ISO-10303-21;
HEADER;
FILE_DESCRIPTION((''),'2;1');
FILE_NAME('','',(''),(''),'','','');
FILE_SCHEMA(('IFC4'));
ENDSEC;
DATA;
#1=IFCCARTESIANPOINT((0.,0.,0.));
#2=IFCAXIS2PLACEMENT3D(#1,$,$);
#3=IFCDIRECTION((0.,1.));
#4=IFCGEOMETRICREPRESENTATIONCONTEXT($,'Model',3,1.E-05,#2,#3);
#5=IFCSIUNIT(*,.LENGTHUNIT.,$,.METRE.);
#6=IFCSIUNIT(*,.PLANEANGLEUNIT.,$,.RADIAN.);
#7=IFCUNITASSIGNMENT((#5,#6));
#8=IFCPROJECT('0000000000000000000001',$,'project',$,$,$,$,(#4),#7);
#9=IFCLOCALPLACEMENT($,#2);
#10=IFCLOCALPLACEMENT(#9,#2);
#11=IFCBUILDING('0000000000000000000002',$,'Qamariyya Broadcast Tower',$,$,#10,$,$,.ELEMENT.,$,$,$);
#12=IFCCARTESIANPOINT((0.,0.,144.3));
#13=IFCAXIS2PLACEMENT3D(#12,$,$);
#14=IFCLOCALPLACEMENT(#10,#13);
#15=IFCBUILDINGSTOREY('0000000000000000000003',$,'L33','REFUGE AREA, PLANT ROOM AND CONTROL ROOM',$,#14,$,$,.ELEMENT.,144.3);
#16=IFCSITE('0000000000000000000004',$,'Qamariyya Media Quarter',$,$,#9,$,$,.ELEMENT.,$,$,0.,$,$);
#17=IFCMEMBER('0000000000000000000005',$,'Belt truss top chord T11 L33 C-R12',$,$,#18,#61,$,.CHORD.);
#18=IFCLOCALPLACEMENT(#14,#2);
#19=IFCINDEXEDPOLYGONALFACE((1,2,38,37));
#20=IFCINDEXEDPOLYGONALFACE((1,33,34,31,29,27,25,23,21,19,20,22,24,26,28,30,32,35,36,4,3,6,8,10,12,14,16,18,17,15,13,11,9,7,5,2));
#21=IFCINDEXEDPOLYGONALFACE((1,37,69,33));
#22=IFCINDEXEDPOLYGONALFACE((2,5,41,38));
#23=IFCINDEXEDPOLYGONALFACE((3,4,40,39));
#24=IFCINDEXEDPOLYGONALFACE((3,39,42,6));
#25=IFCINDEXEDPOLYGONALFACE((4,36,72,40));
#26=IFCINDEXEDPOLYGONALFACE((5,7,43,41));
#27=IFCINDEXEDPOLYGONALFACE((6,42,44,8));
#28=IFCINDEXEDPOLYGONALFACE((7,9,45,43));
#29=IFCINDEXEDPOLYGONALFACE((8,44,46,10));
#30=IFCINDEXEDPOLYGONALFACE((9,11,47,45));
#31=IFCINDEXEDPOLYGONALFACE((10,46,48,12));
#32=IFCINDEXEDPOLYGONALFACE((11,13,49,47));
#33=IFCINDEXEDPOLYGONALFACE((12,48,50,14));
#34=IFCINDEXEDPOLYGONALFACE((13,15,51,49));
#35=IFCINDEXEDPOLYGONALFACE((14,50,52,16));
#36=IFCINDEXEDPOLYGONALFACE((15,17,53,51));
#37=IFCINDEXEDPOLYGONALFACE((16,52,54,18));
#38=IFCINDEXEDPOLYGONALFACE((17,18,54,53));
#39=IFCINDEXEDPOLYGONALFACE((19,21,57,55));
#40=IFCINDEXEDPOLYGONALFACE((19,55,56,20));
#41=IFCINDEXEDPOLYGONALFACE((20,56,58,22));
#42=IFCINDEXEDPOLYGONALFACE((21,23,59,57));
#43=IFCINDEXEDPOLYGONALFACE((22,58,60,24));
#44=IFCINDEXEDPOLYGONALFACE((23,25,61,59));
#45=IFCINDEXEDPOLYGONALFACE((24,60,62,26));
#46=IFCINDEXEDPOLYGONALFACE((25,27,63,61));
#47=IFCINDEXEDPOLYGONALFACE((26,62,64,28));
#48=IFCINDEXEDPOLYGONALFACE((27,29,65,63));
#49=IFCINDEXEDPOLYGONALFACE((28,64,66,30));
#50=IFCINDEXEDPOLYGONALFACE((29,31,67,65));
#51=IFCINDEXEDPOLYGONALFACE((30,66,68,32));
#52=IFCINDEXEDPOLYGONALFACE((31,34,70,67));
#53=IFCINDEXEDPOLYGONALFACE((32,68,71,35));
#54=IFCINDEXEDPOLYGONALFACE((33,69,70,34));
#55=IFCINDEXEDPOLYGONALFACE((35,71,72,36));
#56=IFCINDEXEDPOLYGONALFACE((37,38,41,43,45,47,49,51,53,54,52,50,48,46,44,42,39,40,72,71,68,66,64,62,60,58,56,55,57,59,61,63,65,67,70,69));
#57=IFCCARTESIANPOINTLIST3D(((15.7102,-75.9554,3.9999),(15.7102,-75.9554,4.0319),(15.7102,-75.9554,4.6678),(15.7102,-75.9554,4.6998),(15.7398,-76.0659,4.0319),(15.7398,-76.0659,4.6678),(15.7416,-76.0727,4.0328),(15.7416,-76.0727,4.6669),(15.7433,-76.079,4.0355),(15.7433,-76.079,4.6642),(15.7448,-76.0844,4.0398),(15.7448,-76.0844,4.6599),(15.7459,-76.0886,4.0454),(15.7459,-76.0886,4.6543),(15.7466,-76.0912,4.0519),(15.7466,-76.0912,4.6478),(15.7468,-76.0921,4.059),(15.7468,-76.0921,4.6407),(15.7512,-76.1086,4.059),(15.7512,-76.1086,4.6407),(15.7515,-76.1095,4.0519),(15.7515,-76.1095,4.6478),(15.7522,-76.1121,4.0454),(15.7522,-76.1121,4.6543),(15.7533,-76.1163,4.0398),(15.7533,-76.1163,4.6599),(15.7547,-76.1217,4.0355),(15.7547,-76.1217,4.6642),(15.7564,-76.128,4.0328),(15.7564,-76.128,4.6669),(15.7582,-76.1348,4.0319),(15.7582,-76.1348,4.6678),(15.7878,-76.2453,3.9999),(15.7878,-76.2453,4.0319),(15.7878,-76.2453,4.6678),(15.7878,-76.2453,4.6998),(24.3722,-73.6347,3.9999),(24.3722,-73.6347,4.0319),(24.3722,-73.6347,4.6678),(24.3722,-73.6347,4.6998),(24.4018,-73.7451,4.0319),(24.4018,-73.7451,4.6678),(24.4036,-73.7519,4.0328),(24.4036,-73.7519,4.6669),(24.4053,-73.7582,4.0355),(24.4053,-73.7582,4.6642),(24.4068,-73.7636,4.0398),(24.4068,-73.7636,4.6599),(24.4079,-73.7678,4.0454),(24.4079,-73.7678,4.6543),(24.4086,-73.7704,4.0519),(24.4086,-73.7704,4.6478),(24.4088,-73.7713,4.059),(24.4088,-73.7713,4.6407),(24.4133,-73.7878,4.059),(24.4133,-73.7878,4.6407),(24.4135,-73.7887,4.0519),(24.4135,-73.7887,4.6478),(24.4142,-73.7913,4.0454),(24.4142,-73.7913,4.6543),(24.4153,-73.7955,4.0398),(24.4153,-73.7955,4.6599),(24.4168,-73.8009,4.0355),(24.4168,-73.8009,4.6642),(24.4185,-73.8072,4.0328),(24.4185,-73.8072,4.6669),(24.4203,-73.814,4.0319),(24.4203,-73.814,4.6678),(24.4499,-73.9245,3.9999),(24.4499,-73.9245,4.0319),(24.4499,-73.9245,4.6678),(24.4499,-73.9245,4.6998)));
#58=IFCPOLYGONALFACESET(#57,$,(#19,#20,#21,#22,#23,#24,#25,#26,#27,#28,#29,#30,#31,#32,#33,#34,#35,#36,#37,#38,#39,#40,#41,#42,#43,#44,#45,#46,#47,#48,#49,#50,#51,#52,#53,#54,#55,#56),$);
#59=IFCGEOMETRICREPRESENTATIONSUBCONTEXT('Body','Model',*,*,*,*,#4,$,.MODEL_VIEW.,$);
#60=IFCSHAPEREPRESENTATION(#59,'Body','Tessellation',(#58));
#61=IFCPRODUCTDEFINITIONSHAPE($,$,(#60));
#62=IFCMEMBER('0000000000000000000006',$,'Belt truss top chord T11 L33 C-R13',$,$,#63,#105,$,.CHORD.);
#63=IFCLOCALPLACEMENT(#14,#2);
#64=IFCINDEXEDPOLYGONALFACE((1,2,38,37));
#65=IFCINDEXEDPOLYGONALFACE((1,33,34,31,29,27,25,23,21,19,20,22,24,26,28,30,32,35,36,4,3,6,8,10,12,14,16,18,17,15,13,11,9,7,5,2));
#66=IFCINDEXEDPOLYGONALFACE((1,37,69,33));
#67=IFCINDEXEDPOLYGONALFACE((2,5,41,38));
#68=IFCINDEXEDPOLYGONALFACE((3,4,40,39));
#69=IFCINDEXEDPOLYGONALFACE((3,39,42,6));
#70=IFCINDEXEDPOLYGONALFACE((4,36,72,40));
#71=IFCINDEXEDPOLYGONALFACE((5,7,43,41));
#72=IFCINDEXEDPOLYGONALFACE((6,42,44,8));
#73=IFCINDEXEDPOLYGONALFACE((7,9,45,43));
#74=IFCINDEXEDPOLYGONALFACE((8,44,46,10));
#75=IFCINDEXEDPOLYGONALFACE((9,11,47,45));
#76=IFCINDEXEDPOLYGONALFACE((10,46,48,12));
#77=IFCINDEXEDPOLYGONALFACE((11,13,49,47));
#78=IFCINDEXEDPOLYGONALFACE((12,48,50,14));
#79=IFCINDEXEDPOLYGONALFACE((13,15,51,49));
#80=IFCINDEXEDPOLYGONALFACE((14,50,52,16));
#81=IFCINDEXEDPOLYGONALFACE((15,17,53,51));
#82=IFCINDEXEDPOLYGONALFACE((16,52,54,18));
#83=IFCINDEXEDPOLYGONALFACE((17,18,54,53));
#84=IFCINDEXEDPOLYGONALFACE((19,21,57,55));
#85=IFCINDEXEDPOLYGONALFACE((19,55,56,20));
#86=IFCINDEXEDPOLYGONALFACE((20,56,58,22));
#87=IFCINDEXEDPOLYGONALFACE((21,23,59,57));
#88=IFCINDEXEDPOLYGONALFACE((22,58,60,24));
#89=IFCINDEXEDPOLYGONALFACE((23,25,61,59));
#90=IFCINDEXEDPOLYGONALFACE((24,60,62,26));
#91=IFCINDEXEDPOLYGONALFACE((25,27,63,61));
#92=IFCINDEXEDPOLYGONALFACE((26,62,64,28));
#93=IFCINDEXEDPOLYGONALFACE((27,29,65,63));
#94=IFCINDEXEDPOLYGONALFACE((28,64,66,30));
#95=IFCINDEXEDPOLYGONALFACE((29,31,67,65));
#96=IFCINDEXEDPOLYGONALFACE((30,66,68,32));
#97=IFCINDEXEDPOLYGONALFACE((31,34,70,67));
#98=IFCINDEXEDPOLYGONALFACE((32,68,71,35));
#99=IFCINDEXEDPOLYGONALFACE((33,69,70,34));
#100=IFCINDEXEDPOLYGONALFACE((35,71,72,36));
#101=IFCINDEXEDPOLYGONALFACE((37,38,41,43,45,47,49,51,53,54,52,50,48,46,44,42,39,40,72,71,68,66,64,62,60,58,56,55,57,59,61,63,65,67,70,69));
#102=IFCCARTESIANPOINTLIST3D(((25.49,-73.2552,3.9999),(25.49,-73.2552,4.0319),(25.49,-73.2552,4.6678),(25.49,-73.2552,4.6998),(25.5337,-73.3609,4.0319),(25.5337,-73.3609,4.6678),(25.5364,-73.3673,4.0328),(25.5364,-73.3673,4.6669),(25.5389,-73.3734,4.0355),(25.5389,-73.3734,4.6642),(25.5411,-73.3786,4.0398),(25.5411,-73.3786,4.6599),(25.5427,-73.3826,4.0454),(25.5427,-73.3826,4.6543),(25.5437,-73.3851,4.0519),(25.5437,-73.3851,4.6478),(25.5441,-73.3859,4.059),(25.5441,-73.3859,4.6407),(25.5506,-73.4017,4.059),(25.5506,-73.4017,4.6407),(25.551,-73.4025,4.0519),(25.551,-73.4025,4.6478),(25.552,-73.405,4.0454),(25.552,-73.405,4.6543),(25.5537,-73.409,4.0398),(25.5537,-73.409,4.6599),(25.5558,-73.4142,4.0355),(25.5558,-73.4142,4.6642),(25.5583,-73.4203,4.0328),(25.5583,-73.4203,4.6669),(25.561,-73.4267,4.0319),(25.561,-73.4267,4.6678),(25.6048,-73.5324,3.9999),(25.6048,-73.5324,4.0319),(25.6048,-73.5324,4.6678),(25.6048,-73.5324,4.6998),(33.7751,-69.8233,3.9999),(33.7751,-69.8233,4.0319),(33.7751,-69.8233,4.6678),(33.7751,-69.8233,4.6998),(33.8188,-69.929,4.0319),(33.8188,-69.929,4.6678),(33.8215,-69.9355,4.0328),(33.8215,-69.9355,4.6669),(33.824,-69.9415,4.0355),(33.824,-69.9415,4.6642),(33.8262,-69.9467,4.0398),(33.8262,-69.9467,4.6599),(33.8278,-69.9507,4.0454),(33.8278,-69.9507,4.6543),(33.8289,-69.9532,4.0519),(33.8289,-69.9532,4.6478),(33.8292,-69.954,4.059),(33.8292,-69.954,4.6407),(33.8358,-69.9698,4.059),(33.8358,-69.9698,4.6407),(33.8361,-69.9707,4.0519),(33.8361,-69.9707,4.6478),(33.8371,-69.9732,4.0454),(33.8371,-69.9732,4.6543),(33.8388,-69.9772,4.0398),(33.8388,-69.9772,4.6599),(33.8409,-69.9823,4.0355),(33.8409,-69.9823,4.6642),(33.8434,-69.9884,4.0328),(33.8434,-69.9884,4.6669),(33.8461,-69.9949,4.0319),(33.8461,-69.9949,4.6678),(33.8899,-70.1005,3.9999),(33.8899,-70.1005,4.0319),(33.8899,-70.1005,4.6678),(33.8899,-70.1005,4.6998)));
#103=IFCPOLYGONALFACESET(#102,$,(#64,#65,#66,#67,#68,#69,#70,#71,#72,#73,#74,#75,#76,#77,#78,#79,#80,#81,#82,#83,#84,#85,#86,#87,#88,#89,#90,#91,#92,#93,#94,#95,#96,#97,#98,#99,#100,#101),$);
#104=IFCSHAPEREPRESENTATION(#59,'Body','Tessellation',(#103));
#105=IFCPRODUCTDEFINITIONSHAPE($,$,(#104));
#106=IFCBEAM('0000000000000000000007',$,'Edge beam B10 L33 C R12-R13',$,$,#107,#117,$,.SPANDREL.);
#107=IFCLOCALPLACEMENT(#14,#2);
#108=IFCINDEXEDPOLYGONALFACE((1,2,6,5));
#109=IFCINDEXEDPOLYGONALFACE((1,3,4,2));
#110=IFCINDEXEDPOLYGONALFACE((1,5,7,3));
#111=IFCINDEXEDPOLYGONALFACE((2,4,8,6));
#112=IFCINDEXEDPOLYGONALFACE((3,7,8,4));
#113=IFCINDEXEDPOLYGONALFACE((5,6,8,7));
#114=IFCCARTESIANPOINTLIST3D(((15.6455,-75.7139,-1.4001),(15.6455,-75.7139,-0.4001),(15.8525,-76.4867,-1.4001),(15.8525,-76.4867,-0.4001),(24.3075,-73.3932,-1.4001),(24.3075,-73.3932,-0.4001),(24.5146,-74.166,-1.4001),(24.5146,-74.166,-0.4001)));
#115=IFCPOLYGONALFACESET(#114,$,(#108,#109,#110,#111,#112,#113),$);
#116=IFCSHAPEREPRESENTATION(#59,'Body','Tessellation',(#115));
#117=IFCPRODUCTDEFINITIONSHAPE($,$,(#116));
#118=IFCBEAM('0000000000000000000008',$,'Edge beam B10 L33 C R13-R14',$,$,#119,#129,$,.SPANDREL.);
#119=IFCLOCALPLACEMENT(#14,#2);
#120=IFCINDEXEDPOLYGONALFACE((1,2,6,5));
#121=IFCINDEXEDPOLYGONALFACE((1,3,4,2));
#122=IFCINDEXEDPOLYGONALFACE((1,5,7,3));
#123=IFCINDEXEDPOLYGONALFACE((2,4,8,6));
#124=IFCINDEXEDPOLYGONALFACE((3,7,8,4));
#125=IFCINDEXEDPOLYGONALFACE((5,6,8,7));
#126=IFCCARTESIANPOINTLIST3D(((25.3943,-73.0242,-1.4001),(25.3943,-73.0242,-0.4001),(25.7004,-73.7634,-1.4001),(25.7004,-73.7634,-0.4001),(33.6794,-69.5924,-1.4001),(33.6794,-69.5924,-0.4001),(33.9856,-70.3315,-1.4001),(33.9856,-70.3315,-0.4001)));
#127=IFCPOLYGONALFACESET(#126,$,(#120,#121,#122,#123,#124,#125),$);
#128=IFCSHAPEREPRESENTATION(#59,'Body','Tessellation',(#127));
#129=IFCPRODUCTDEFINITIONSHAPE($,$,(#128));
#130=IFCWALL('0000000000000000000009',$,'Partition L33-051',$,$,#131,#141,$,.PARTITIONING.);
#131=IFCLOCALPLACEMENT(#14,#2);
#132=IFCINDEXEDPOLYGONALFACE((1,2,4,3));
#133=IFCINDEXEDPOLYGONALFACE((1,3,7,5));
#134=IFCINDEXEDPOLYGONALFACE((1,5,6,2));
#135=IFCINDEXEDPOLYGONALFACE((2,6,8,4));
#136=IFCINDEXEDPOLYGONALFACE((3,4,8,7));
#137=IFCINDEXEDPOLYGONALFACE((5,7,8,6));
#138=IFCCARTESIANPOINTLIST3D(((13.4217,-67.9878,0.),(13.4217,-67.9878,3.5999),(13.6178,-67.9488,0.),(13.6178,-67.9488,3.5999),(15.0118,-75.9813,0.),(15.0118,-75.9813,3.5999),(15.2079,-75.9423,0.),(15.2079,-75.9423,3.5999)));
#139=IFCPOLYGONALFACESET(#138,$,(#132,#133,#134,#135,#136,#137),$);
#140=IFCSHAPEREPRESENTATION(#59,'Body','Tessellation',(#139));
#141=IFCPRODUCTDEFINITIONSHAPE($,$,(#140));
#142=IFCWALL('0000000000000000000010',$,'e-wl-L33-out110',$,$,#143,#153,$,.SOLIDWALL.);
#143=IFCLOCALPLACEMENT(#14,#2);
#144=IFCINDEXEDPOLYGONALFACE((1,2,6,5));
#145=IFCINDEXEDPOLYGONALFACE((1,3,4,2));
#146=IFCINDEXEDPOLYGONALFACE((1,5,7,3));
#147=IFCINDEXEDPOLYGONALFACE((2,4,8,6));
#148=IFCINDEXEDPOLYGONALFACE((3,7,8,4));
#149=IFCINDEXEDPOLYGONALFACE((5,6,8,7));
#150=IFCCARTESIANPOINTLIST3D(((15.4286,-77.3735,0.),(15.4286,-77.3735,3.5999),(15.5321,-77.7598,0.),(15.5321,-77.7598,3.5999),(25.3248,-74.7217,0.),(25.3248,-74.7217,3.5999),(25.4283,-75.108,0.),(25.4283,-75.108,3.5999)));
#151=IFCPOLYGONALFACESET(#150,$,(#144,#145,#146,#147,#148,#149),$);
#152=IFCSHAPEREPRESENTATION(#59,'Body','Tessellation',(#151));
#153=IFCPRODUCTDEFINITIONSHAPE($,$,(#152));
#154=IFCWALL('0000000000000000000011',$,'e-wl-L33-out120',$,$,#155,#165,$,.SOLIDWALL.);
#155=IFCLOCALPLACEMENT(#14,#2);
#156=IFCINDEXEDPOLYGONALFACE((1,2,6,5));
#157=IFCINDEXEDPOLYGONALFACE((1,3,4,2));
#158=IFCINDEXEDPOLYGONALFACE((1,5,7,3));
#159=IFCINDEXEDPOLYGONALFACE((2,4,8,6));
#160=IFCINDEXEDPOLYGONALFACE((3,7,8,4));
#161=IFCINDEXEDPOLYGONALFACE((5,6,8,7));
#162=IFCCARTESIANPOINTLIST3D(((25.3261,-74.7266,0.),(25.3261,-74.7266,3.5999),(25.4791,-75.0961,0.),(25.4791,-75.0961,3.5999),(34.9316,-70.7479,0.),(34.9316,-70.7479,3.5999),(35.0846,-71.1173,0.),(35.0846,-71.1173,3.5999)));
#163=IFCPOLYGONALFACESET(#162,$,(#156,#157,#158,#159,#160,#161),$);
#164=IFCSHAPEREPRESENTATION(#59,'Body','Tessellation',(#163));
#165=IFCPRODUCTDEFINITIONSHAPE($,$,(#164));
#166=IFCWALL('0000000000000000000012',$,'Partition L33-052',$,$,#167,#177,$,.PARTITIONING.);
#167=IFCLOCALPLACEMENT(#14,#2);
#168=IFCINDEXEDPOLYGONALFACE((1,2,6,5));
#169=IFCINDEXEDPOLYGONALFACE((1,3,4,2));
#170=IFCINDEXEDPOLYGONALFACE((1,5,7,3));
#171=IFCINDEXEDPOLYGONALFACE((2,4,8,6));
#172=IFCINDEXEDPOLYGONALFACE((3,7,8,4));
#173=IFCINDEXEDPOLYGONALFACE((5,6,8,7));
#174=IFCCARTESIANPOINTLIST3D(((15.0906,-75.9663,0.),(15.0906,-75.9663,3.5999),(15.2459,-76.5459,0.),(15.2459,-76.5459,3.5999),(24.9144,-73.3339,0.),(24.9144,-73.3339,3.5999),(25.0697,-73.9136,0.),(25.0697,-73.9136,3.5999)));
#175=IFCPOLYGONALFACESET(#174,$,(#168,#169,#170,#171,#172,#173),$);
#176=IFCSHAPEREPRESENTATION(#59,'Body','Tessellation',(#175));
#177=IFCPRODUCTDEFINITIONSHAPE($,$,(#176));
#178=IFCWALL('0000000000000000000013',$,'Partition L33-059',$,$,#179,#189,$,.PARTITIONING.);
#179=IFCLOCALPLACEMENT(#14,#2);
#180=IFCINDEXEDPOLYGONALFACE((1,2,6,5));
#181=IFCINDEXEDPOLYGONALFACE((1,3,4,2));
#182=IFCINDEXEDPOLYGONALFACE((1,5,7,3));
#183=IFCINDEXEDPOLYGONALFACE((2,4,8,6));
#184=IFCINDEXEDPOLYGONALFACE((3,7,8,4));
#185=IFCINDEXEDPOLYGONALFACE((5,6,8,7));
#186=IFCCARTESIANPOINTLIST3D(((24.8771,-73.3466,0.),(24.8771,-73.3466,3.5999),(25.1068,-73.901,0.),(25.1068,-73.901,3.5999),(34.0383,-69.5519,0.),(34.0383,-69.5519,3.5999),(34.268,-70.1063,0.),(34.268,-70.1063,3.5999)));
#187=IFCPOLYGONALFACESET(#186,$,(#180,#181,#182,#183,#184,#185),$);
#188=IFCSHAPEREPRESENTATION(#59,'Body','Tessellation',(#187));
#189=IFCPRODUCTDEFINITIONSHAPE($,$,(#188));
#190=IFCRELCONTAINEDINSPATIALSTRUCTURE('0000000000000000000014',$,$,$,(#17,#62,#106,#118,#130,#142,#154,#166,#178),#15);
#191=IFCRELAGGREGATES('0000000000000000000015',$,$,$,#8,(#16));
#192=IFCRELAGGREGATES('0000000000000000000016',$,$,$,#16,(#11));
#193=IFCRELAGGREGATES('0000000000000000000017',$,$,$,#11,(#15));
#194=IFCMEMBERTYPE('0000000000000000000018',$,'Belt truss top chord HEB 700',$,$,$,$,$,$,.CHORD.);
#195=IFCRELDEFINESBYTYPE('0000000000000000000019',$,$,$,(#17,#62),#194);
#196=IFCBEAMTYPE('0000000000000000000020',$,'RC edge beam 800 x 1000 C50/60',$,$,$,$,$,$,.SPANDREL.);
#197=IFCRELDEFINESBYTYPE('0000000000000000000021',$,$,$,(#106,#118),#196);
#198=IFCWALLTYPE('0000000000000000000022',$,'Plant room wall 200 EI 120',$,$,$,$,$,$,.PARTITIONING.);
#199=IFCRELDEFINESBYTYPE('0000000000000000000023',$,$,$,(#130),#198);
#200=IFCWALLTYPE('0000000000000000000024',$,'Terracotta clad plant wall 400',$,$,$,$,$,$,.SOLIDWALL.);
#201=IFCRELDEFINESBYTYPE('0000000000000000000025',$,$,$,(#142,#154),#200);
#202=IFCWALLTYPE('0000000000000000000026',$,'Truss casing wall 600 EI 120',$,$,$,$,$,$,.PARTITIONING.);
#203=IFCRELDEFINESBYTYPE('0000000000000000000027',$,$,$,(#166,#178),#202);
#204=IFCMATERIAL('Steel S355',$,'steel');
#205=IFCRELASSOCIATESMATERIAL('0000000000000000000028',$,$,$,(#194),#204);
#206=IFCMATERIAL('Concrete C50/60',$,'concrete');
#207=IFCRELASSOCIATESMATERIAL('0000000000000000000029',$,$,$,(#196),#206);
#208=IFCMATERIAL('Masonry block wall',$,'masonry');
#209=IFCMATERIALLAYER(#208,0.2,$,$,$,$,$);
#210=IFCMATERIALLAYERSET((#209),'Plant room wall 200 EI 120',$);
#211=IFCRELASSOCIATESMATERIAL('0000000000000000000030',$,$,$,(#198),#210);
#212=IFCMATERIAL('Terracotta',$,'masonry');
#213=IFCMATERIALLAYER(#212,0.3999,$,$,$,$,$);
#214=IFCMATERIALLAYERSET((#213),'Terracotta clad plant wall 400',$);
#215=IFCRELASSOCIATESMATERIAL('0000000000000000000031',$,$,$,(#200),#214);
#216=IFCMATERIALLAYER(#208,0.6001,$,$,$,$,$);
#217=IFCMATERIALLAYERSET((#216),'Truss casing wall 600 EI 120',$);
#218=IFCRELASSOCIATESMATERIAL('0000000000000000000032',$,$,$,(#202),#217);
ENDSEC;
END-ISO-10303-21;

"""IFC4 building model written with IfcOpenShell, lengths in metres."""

from ifc_helpers import new_model, si_unit, direction, frame, frame_2d, origin, origin_2d, place, context, subcontext, project, spatial, rectangle, i_section, extrude, material, layer, layer_set, material_profile, profile_set, type_object, element, save


model = new_model("IFC4")

# Units and contexts
model_context = context("Model", 3, precision=1e-05, world=origin(), true_north=direction((0.0, 1.0)))
body_context = subcontext(model_context, "Body", "Model", "MODEL_VIEW")
ifc_project = project(units=[si_unit("LENGTHUNIT", "METRE"), si_unit("PLANEANGLEUNIT", "RADIAN")], contexts=[model_context])

# Site, building, storey
site_placement = place(None, origin())
site = spatial("IfcSite", under=ifc_project, at=site_placement, Name="Qamariyya Media Quarter", CompositionType="ELEMENT", RefElevation=0.0)
building_placement = place(site_placement, origin())
building = spatial("IfcBuilding", under=site, at=building_placement, Name="Qamariyya Broadcast Tower", CompositionType="ELEMENT")
storey_placement = place(building_placement, frame((0.0, 0.0, 144.3)))
storey = spatial("IfcBuildingStorey", under=building, at=storey_placement, Name="L33", Description="REFUGE AREA, PLANT ROOM AND CONTROL ROOM", CompositionType="ELEMENT", Elevation=144.3)

# Members
ifc_material_1 = material(Name="Steel S355", Category="steel")
ifc_material_profile_1 = material_profile(ifc_material_1, i_section(OverallWidth=0.3, OverallDepth=0.7, WebThickness=0.0171, FlangeThickness=0.032, FilletRadius=0.0271, at=origin_2d()))
ifc_profile_set_1 = profile_set([ifc_material_profile_1], Name="Steel S355")
member_type_1 = type_object("IfcMemberType", Name="Belt truss top chord HEB 700", PredefinedType="CHORD", material=ifc_profile_set_1)
member_1_placement = place(storey_placement, frame((15.749, -76.1003, 4.3499), z_axis=(0.965932, 0.258798, 0.0), x_axis=(-0.258798, 0.965932, 0.0)))
element("IfcMember", 1, at=member_1_placement, inside=storey, type_object=member_type_1, Name="Belt truss top chord T11 L33 C-R12", PredefinedType="CHORD", context=body_context, shape_type="SweptSolid", body=[
    extrude(i_section(OverallWidth=0.3, OverallDepth=0.7, WebThickness=0.0171, FlangeThickness=0.032, FilletRadius=0.0271, at=origin_2d()), origin(), (0.0, 0.0, 1.0), 8.9675),
])
member_2_placement = place(storey_placement, frame((25.5474, -73.3938, 4.3499), z_axis=(0.923877, 0.382689, 0.0), x_axis=(-0.382689, 0.923877, 0.0)))
element("IfcMember", 2, at=member_2_placement, inside=storey, type_object=member_type_1, Name="Belt truss top chord T11 L33 C-R13", PredefinedType="CHORD", context=body_context, shape_type="SweptSolid", body=[
    extrude(i_section(OverallWidth=0.3, OverallDepth=0.7, WebThickness=0.0171, FlangeThickness=0.032, FilletRadius=0.0271, at=origin_2d()), origin(), (0.0, 0.0, 1.0), 8.9678),
])

# Beams
ifc_material_2 = material(Name="Concrete C50/60", Category="concrete")
ifc_material_profile_2 = material_profile(ifc_material_2, rectangle(XDim=0.8, YDim=1.0, at=origin_2d()))
ifc_profile_set_2 = profile_set([ifc_material_profile_2], Name="Concrete C50/60")
beam_type = type_object("IfcBeamType", Name="RC edge beam 800 x 1000 C50/60", PredefinedType="SPANDREL", material=ifc_profile_set_2)
beam_1_placement = place(storey_placement, frame((15.749, -76.1003, -0.9001), z_axis=(0.965932, 0.258798, 0.0), x_axis=(-0.258798, 0.965932, 0.0)))
element("IfcBeam", 3, at=beam_1_placement, inside=storey, type_object=beam_type, Name="Edge beam B10 L33 C R12-R13", PredefinedType="SPANDREL", context=body_context, shape_type="SweptSolid", body=[
    extrude(rectangle(XDim=0.8, YDim=1.0, at=origin_2d()), origin(), (0.0, 0.0, 1.0), 8.9675),
])
beam_2_placement = place(storey_placement, frame((25.5474, -73.3938, -0.9001), z_axis=(0.923877, 0.382689, 0.0), x_axis=(-0.382689, 0.923877, 0.0)))
element("IfcBeam", 4, at=beam_2_placement, inside=storey, type_object=beam_type, Name="Edge beam B10 L33 C R13-R14", PredefinedType="SPANDREL", context=body_context, shape_type="SweptSolid", body=[
    extrude(rectangle(XDim=0.8, YDim=1.0, at=origin_2d()), origin(), (0.0, 0.0, 1.0), 8.9678),
])

# Walls
ifc_material_3 = material(Name="Masonry block wall", Category="masonry")
ifc_layer_1 = layer(ifc_material_3, 0.2)
ifc_layer_set_1 = layer_set([ifc_layer_1], Name="Plant room wall 200 EI 120")
wall_type_1 = type_object("IfcWallType", Name="Plant room wall 200 EI 120", PredefinedType="PARTITIONING", material=ifc_layer_set_1)
wall_1_placement = place(storey_placement, frame((15.1099, -75.9619, 0.0), z_axis=(0.0, 0.0, 1.0), x_axis=(-0.195102, 0.980783, 0.0)))
element("IfcWall", 5, at=wall_1_placement, inside=storey, type_object=wall_type_1, Name="Partition L33-051", PredefinedType="PARTITIONING", context=body_context, shape_type="SweptSolid", body=[
    extrude(rectangle(XDim=8.1501, YDim=0.2, at=frame_2d((4.0752, 0.0))), origin(), (0.0, 0.0, 1.0), 3.5999),
])
ifc_material_4 = material(Name="Terracotta", Category="masonry")
ifc_layer_2 = layer(ifc_material_4, 0.3999)
ifc_layer_set_2 = layer_set([ifc_layer_2], Name="Terracotta clad plant wall 400")
wall_type_2 = type_object("IfcWallType", Name="Terracotta clad plant wall 400", PredefinedType="SOLIDWALL", material=ifc_layer_set_2)
wall_2_placement = place(storey_placement, frame((15.4805, -77.5667, 0.0), z_axis=(0.0, 0.0, 1.0), x_axis=(0.965922, 0.258834, 0.0)))
element("IfcWall", 6, at=wall_2_placement, inside=storey, type_object=wall_type_2, Name="e-wl-L33-out110", PredefinedType="SOLIDWALL", context=body_context, shape_type="SweptSolid", body=[
    extrude(rectangle(XDim=10.2454, YDim=0.3999, at=frame_2d((5.1226, 0.0))), origin(), (0.0, 0.0, 1.0), 3.5999),
])
wall_3_placement = place(storey_placement, frame((25.4026, -74.9114, 0.0), z_axis=(0.0, 0.0, 1.0), x_axis=(0.923878, 0.382687, 0.0)))
element("IfcWall", 7, at=wall_3_placement, inside=storey, type_object=wall_type_2, Name="e-wl-L33-out120", PredefinedType="SOLIDWALL", context=body_context, shape_type="SweptSolid", body=[
    extrude(rectangle(XDim=10.397, YDim=0.3999, at=frame_2d((5.1985, 0.0))), origin(), (0.0, 0.0, 1.0), 3.5999),
])
ifc_layer_3 = layer(ifc_material_3, 0.6001)
ifc_layer_set_3 = layer_set([ifc_layer_3], Name="Truss casing wall 600 EI 120")
wall_type_3 = type_object("IfcWallType", Name="Truss casing wall 600 EI 120", PredefinedType="PARTITIONING", material=ifc_layer_set_3)
wall_4_placement = place(storey_placement, frame((15.1682, -76.2561, 0.0), z_axis=(0.0, 0.0, 1.0), x_axis=(0.965924, 0.258825, 0.0)))
element("IfcWall", 8, at=wall_4_placement, inside=storey, type_object=wall_type_3, Name="Partition L33-052", PredefinedType="PARTITIONING", context=body_context, shape_type="SweptSolid", body=[
    extrude(rectangle(XDim=10.1704, YDim=0.6001, at=frame_2d((5.0852, 0.0))), origin(), (0.0, 0.0, 1.0), 3.5999),
])
wall_5_placement = place(storey_placement, frame((24.9919, -73.6238, 0.0), z_axis=(0.0, 0.0, 1.0), x_axis=(0.923879, 0.382684, 0.0)))
element("IfcWall", 9, at=wall_5_placement, inside=storey, type_object=wall_type_3, Name="Partition L33-059", PredefinedType="PARTITIONING", context=body_context, shape_type="SweptSolid", body=[
    extrude(rectangle(XDim=9.916, YDim=0.6001, at=frame_2d((4.958, 0.0))), origin(), (0.0, 0.0, 1.0), 3.5999),
])

save(model, "model.ifc")
